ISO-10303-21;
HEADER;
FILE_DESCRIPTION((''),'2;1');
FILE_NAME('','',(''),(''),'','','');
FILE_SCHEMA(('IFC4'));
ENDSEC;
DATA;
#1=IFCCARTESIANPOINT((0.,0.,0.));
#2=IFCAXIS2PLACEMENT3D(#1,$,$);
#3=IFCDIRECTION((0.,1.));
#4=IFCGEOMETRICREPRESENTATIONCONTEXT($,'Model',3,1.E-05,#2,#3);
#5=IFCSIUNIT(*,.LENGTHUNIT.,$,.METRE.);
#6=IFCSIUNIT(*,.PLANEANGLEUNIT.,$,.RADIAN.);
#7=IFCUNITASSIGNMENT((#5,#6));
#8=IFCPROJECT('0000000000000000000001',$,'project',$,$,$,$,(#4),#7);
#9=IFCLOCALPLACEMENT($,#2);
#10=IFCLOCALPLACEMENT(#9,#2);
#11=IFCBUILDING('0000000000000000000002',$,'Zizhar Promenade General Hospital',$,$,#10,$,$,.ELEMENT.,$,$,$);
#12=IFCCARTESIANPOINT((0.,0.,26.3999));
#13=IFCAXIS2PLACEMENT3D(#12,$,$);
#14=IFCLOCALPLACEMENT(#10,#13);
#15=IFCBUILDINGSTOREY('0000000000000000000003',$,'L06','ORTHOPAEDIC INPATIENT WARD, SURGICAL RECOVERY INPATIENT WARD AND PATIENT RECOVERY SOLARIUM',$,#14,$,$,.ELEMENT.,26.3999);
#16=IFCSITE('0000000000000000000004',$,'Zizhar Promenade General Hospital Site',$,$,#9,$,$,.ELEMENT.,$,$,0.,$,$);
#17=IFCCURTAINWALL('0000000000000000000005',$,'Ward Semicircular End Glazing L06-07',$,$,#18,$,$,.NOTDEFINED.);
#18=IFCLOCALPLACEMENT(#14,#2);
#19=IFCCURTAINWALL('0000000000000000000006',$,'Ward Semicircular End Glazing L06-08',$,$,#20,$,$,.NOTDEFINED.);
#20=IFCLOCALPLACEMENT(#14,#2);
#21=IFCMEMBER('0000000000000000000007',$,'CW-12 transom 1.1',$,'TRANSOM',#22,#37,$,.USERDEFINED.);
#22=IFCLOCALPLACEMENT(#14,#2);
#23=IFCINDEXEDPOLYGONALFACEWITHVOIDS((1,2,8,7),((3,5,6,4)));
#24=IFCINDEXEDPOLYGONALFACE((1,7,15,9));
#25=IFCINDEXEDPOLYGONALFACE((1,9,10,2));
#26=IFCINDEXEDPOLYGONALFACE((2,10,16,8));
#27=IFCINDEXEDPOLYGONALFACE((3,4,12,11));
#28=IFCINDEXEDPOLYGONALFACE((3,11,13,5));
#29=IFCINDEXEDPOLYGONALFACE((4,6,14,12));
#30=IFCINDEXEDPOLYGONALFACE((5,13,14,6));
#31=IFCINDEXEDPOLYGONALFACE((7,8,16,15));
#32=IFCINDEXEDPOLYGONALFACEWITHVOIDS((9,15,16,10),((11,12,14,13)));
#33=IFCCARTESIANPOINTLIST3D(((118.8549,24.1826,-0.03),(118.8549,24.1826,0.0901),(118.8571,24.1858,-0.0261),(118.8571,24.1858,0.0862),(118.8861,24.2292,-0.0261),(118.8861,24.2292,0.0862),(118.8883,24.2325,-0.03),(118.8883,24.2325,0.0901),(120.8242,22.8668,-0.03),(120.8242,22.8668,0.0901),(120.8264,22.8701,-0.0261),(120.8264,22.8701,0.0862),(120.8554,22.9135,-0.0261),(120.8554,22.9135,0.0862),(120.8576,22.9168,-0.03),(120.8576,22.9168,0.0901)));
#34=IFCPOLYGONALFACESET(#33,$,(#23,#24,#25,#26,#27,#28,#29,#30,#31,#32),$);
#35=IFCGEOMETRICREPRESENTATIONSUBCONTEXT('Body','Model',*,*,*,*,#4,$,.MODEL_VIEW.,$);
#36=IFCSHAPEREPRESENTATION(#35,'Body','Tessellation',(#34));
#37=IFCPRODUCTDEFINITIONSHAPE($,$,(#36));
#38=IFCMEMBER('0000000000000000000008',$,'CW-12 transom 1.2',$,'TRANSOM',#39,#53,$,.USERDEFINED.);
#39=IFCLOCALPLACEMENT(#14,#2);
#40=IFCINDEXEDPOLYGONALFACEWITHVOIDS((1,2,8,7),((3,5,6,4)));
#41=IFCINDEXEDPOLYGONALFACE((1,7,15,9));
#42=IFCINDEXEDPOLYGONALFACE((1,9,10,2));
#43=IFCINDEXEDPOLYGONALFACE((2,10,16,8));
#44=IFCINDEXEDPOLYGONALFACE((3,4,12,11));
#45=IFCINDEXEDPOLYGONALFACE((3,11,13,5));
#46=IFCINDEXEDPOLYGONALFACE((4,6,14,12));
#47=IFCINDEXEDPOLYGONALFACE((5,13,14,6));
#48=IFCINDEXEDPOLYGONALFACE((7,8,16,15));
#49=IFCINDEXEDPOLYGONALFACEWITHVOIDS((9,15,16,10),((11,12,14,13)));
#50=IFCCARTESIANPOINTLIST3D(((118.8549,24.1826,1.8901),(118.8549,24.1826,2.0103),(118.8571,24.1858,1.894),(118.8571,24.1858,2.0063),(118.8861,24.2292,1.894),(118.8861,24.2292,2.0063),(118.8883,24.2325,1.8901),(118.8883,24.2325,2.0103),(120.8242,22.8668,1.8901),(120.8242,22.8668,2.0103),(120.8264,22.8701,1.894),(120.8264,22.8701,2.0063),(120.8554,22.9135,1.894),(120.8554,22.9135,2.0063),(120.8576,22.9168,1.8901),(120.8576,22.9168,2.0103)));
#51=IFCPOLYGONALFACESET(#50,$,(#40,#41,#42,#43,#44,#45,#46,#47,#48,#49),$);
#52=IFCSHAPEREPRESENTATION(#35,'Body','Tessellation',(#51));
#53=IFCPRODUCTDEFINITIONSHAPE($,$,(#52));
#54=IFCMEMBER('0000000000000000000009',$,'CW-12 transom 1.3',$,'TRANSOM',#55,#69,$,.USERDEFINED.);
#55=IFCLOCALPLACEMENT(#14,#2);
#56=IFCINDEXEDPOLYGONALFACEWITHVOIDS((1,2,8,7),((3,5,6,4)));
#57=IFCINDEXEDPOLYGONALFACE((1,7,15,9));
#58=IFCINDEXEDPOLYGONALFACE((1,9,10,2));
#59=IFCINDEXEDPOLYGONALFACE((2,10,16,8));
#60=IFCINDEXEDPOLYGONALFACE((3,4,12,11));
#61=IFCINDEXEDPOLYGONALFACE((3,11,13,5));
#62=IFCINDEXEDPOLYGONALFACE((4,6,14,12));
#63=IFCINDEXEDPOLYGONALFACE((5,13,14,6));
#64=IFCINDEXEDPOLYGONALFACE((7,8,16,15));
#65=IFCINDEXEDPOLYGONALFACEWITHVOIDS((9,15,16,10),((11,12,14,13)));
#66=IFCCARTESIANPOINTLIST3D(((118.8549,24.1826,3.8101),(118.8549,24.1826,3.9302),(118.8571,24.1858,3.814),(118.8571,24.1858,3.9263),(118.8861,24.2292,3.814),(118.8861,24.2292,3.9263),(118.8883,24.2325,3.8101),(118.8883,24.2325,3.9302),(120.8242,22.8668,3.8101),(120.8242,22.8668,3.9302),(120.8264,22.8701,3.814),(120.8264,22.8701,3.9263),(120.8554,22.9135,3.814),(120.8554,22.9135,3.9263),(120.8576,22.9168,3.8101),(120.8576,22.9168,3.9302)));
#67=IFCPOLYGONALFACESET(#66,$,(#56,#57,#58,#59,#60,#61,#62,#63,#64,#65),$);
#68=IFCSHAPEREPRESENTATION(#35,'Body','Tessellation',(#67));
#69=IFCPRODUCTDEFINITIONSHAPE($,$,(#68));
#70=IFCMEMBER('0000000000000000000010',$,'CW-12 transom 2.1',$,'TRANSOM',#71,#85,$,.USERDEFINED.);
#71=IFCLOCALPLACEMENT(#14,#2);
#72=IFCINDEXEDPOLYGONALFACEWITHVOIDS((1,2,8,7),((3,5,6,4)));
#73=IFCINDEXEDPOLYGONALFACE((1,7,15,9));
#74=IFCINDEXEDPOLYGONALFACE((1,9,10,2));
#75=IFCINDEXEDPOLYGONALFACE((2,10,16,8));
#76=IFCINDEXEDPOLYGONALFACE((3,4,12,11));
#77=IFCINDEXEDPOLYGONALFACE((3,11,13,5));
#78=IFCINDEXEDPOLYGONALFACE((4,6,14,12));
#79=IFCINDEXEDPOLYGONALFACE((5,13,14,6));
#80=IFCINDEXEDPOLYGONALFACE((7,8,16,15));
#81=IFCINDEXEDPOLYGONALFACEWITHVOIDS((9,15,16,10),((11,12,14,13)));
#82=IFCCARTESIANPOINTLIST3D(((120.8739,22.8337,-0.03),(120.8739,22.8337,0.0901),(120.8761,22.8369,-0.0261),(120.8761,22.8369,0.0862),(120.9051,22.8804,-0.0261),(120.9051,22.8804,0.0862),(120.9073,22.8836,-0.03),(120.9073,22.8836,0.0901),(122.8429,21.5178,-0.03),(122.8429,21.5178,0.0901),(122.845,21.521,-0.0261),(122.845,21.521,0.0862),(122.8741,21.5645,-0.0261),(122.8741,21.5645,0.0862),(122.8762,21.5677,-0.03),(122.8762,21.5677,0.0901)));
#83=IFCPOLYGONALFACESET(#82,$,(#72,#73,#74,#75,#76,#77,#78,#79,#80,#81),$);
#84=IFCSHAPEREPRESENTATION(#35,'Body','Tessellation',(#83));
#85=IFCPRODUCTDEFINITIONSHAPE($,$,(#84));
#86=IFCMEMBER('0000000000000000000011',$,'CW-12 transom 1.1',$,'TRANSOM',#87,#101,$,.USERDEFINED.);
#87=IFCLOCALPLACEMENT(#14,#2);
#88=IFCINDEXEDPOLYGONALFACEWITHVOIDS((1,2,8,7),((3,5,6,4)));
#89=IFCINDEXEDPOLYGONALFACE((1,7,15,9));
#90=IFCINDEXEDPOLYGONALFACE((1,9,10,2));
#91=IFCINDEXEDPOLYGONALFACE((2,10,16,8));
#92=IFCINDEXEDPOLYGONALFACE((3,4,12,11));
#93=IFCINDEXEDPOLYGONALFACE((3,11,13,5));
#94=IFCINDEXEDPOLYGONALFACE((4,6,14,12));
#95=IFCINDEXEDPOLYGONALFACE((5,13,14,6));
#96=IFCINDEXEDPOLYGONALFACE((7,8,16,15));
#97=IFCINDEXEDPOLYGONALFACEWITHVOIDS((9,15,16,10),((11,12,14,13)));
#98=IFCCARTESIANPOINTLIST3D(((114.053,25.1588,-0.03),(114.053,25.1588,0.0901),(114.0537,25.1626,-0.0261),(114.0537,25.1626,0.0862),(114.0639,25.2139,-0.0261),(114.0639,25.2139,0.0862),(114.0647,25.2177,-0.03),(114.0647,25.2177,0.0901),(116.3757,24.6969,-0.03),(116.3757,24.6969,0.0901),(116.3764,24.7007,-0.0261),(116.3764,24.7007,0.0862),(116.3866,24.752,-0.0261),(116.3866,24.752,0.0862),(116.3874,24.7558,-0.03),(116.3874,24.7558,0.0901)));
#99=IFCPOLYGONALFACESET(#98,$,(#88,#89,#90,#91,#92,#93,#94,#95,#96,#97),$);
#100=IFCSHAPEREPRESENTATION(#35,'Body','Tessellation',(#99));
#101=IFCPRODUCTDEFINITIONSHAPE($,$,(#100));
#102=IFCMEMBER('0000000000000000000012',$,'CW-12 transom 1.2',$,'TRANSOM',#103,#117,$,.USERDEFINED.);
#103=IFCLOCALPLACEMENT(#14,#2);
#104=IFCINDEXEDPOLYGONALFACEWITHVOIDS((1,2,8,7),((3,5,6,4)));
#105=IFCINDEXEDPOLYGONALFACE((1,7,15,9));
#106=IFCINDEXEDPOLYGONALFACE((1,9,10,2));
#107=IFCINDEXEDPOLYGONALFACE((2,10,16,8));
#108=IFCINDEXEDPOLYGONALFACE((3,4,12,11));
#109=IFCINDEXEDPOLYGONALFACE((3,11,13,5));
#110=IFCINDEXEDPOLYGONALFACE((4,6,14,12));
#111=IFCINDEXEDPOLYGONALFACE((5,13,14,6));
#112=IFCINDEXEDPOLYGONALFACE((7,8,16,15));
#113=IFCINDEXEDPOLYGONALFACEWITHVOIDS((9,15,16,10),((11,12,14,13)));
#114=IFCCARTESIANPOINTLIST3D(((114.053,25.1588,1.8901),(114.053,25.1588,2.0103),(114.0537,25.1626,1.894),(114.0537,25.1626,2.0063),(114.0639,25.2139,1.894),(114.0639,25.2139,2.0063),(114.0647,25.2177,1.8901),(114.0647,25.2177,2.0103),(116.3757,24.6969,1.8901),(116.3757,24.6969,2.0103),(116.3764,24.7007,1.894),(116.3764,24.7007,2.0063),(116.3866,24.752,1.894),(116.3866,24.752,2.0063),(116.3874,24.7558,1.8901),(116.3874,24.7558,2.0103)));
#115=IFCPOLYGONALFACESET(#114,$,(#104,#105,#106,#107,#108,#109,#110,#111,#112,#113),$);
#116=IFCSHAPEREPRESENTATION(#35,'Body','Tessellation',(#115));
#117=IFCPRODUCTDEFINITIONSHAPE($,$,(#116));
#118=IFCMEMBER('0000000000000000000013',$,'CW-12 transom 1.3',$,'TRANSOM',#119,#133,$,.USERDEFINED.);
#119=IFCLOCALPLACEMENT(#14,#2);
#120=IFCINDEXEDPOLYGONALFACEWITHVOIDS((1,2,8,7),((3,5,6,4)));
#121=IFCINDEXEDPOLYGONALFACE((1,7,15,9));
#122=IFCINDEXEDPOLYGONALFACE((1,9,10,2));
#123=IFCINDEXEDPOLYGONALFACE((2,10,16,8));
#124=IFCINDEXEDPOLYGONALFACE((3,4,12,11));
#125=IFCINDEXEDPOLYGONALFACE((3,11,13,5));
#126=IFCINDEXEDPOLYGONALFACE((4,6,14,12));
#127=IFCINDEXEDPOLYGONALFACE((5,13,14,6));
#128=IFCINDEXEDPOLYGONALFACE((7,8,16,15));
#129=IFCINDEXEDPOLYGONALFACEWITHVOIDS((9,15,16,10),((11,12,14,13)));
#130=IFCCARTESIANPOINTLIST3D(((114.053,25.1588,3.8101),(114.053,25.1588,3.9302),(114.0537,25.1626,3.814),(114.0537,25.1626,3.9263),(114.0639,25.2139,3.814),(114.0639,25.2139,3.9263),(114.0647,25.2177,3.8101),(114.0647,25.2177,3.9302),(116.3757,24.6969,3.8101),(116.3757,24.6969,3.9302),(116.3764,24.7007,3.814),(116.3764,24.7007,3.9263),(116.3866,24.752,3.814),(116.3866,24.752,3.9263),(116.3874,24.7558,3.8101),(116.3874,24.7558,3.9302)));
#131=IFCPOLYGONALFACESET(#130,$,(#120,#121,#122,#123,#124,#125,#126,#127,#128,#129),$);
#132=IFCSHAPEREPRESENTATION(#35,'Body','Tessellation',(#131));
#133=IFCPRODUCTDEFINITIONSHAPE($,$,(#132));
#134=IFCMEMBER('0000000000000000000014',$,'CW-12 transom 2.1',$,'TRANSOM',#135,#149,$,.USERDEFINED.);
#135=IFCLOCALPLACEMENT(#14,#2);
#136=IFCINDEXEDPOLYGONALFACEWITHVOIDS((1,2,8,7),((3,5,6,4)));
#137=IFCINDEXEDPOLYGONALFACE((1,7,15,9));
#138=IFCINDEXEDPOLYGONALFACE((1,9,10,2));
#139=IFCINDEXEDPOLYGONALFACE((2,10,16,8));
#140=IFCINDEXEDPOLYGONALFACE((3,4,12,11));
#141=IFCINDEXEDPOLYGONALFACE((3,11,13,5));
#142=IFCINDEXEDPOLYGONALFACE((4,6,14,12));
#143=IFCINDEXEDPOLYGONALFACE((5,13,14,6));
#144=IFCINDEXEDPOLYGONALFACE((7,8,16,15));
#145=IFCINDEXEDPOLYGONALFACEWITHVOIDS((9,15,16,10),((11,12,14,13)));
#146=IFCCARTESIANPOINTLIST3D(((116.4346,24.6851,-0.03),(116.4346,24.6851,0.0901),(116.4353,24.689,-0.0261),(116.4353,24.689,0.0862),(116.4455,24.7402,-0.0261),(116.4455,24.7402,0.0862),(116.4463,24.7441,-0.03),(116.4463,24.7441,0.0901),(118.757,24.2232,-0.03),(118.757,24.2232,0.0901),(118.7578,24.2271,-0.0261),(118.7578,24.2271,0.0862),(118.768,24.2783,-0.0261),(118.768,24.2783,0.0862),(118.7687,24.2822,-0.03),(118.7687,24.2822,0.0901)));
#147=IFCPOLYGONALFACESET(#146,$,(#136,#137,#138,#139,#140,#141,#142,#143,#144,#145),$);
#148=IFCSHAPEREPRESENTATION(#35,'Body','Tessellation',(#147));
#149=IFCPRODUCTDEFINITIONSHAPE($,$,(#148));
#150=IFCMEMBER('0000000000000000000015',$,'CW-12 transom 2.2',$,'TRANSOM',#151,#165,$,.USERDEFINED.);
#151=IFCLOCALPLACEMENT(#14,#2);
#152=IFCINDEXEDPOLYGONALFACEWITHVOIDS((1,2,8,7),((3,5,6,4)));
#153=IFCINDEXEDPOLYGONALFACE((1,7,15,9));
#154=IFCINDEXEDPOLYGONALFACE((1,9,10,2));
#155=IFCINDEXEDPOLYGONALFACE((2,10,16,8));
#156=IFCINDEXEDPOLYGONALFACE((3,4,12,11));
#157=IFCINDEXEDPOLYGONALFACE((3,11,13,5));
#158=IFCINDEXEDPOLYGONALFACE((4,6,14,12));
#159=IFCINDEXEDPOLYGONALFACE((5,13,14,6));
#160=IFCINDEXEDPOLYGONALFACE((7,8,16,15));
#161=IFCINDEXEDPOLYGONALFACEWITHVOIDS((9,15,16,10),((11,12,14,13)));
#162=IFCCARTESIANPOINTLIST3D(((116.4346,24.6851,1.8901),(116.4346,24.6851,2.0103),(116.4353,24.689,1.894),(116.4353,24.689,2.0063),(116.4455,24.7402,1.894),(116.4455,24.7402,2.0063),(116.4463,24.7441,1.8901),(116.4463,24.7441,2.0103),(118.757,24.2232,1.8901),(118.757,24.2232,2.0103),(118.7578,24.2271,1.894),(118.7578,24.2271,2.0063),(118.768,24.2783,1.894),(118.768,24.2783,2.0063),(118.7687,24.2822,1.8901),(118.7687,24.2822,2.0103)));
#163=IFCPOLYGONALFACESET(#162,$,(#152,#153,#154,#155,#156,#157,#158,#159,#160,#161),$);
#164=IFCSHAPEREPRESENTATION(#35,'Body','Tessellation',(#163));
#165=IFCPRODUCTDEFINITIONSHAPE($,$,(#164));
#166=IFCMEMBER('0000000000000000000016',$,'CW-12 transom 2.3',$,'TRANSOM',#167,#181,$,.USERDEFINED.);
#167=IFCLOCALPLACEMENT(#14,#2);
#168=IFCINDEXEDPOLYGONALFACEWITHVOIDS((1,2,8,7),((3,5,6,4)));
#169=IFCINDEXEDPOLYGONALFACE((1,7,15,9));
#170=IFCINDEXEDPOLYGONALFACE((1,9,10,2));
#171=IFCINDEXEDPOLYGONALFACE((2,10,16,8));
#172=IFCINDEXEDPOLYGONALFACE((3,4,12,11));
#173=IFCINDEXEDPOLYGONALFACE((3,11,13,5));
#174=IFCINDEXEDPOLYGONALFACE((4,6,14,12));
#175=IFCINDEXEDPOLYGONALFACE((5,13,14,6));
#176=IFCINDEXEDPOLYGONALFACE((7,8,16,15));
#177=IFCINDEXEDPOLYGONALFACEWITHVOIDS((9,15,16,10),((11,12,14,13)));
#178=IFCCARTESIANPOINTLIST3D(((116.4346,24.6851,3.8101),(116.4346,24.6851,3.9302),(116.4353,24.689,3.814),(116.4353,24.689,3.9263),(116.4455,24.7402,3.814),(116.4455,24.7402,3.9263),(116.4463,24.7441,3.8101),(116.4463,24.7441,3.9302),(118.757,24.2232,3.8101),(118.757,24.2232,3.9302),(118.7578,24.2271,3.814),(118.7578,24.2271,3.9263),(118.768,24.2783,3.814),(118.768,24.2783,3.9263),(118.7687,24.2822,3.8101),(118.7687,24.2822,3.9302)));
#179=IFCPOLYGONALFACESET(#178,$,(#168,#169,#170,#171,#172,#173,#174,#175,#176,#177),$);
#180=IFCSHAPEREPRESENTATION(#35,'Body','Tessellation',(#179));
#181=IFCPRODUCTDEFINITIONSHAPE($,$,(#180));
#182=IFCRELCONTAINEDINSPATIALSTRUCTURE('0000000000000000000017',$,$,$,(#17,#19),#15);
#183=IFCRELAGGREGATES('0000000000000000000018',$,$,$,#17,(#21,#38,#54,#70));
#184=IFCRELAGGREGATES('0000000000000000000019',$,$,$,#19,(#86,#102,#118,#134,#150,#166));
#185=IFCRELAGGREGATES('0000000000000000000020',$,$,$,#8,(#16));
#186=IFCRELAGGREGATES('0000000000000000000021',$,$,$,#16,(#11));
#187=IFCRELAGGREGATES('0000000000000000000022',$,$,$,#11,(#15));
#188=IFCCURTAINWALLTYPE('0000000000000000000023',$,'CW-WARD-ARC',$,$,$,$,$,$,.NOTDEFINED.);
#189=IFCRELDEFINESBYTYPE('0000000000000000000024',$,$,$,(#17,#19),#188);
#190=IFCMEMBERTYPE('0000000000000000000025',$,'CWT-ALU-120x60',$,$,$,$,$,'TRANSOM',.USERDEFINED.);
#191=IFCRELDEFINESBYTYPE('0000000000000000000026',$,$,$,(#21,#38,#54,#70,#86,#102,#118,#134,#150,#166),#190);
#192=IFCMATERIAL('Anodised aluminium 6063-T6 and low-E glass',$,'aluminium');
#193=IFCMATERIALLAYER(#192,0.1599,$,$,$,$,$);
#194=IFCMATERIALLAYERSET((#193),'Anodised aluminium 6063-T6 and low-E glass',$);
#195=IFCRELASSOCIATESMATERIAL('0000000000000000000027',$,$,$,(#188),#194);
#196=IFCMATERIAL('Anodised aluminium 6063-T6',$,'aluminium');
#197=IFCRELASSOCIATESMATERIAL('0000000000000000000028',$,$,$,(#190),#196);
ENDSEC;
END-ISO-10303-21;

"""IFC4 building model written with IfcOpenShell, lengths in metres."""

from ifc_helpers import new_model, si_unit, direction, frame, origin, origin_2d, place, context, subcontext, project, spatial, hollow_rectangle, extrude, material, layer, layer_set, material_profile, profile_set, type_object, element, aggregate, save


model = new_model("IFC4")

# Units and contexts
model_context = context("Model", 3, precision=1e-05, world=origin(), true_north=direction((0.0, 1.0)))
body_context = subcontext(model_context, "Body", "Model", "MODEL_VIEW")
ifc_project = project(units=[si_unit("LENGTHUNIT", "METRE"), si_unit("PLANEANGLEUNIT", "RADIAN")], contexts=[model_context])

# Site, building, storey
site_placement = place(None, origin())
site = spatial("IfcSite", under=ifc_project, at=site_placement, Name="Zizhar Promenade General Hospital Site", CompositionType="ELEMENT", RefElevation=0.0)
building_placement = place(site_placement, origin())
building = spatial("IfcBuilding", under=site, at=building_placement, Name="Zizhar Promenade General Hospital", CompositionType="ELEMENT")
storey_placement = place(building_placement, frame((0.0, 0.0, 26.3999)))
storey = spatial("IfcBuildingStorey", under=building, at=storey_placement, Name="L06", Description="ORTHOPAEDIC INPATIENT WARD, SURGICAL RECOVERY INPATIENT WARD AND PATIENT RECOVERY SOLARIUM", CompositionType="ELEMENT", Elevation=26.3999)

# Curtain walls
ifc_material_1 = material(Name="Anodised aluminium 6063-T6 and low-E glass", Category="aluminium")
ifc_layer_1 = layer(ifc_material_1, 0.1599)
ifc_layer_set_1 = layer_set([ifc_layer_1], Name="Anodised aluminium 6063-T6 and low-E glass")
curtain_wall_type_1 = type_object("IfcCurtainWallType", Name="CW-WARD-ARC", PredefinedType="NOTDEFINED", material=ifc_layer_set_1)
curtain_wall_1_placement = place(storey_placement, origin())
curtain_wall_1 = element("IfcCurtainWall", 1, at=curtain_wall_1_placement, inside=storey, type_object=curtain_wall_type_1, Name="Ward Semicircular End Glazing L06-07", PredefinedType="NOTDEFINED")
curtain_wall_2_placement = place(storey_placement, origin())
curtain_wall_2 = element("IfcCurtainWall", 2, at=curtain_wall_2_placement, inside=storey, type_object=curtain_wall_type_1, Name="Ward Semicircular End Glazing L06-08", PredefinedType="NOTDEFINED")

# Members
ifc_material_2 = material(Name="Anodised aluminium 6063-T6", Category="aluminium")
ifc_material_profile_1 = material_profile(ifc_material_2, hollow_rectangle(XDim=0.0601, YDim=0.1201, WallThickness=0.0039, at=origin_2d()))
ifc_profile_set_1 = profile_set([ifc_material_profile_1], Name="Anodised aluminium 6063-T6")
member_type_1 = type_object("IfcMemberType", Name="CWT-ALU-120x60", ElementType="TRANSOM", PredefinedType="USERDEFINED", material=ifc_profile_set_1)
member_1_placement = place(storey_placement, frame((118.8716, 24.2075, 0.03), z_axis=(0.831495, -0.555533, 0.0), x_axis=(0.555533, 0.831495, 0.0)))
member_1 = element("IfcMember", 3, at=member_1_placement, type_object=member_type_1, Name="CW-12 transom 1.1", ObjectType="TRANSOM", PredefinedType="USERDEFINED", context=body_context, shape_type="SweptSolid", body=[
    extrude(hollow_rectangle(XDim=0.0601, YDim=0.1201, WallThickness=0.0039, at=origin_2d()), origin(), (0.0, 0.0, 1.0), 2.3684),
])
member_2_placement = place(storey_placement, frame((118.8716, 24.2075, 1.9502), z_axis=(0.831495, -0.555533, 0.0), x_axis=(0.555533, 0.831495, 0.0)))
member_2 = element("IfcMember", 4, at=member_2_placement, type_object=member_type_1, Name="CW-12 transom 1.2", ObjectType="TRANSOM", PredefinedType="USERDEFINED", context=body_context, shape_type="SweptSolid", body=[
    extrude(hollow_rectangle(XDim=0.0601, YDim=0.1201, WallThickness=0.0039, at=origin_2d()), origin(), (0.0, 0.0, 1.0), 2.3684),
])
member_3_placement = place(storey_placement, frame((118.8716, 24.2075, 3.8701), z_axis=(0.831495, -0.555533, 0.0), x_axis=(0.555533, 0.831495, 0.0)))
member_3 = element("IfcMember", 5, at=member_3_placement, type_object=member_type_1, Name="CW-12 transom 1.3", ObjectType="TRANSOM", PredefinedType="USERDEFINED", context=body_context, shape_type="SweptSolid", body=[
    extrude(hollow_rectangle(XDim=0.0601, YDim=0.1201, WallThickness=0.0039, at=origin_2d()), origin(), (0.0, 0.0, 1.0), 2.3684),
])
member_4_placement = place(storey_placement, frame((120.8906, 22.8586, 0.03), z_axis=(0.831415, -0.555651, 0.0), x_axis=(0.555651, 0.831415, 0.0)))
member_4 = element("IfcMember", 6, at=member_4_placement, type_object=member_type_1, Name="CW-12 transom 2.1", ObjectType="TRANSOM", PredefinedType="USERDEFINED", context=body_context, shape_type="SweptSolid", body=[
    extrude(hollow_rectangle(XDim=0.0601, YDim=0.1201, WallThickness=0.0039, at=origin_2d()), origin(), (0.0, 0.0, 1.0), 2.3682),
])
member_5_placement = place(storey_placement, frame((114.0588, 25.1882, 0.03), z_axis=(0.980794, -0.195045, 0.0), x_axis=(0.195045, 0.980794, 0.0)))
member_5 = element("IfcMember", 7, at=member_5_placement, type_object=member_type_1, Name="CW-12 transom 1.1", ObjectType="TRANSOM", PredefinedType="USERDEFINED", context=body_context, shape_type="SweptSolid", body=[
    extrude(hollow_rectangle(XDim=0.0601, YDim=0.1201, WallThickness=0.0039, at=origin_2d()), origin(), (0.0, 0.0, 1.0), 2.3682),
])
member_6_placement = place(storey_placement, frame((114.0588, 25.1882, 1.9502), z_axis=(0.980794, -0.195045, 0.0), x_axis=(0.195045, 0.980794, 0.0)))
member_6 = element("IfcMember", 8, at=member_6_placement, type_object=member_type_1, Name="CW-12 transom 1.2", ObjectType="TRANSOM", PredefinedType="USERDEFINED", context=body_context, shape_type="SweptSolid", body=[
    extrude(hollow_rectangle(XDim=0.0601, YDim=0.1201, WallThickness=0.0039, at=origin_2d()), origin(), (0.0, 0.0, 1.0), 2.3682),
])
member_7_placement = place(storey_placement, frame((114.0588, 25.1882, 3.8701), z_axis=(0.980794, -0.195045, 0.0), x_axis=(0.195045, 0.980794, 0.0)))
member_7 = element("IfcMember", 9, at=member_7_placement, type_object=member_type_1, Name="CW-12 transom 1.3", ObjectType="TRANSOM", PredefinedType="USERDEFINED", context=body_context, shape_type="SweptSolid", body=[
    extrude(hollow_rectangle(XDim=0.0601, YDim=0.1201, WallThickness=0.0039, at=origin_2d()), origin(), (0.0, 0.0, 1.0), 2.3682),
])
member_8_placement = place(storey_placement, frame((116.4404, 24.7146, 0.03), z_axis=(0.98079, -0.195065, 0.0), x_axis=(0.195065, 0.98079, 0.0)))
member_8 = element("IfcMember", 10, at=member_8_placement, type_object=member_type_1, Name="CW-12 transom 2.1", ObjectType="TRANSOM", PredefinedType="USERDEFINED", context=body_context, shape_type="SweptSolid", body=[
    extrude(hollow_rectangle(XDim=0.0601, YDim=0.1201, WallThickness=0.0039, at=origin_2d()), origin(), (0.0, 0.0, 1.0), 2.3679),
])
member_9_placement = place(storey_placement, frame((116.4404, 24.7146, 1.9502), z_axis=(0.98079, -0.195065, 0.0), x_axis=(0.195065, 0.98079, 0.0)))
member_9 = element("IfcMember", 11, at=member_9_placement, type_object=member_type_1, Name="CW-12 transom 2.2", ObjectType="TRANSOM", PredefinedType="USERDEFINED", context=body_context, shape_type="SweptSolid", body=[
    extrude(hollow_rectangle(XDim=0.0601, YDim=0.1201, WallThickness=0.0039, at=origin_2d()), origin(), (0.0, 0.0, 1.0), 2.3679),
])
member_10_placement = place(storey_placement, frame((116.4404, 24.7146, 3.8701), z_axis=(0.98079, -0.195065, 0.0), x_axis=(0.195065, 0.98079, 0.0)))
member_10 = element("IfcMember", 12, at=member_10_placement, type_object=member_type_1, Name="CW-12 transom 2.3", ObjectType="TRANSOM", PredefinedType="USERDEFINED", context=body_context, shape_type="SweptSolid", body=[
    extrude(hollow_rectangle(XDim=0.0601, YDim=0.1201, WallThickness=0.0039, at=origin_2d()), origin(), (0.0, 0.0, 1.0), 2.3679),
])

aggregate(curtain_wall_1, [member_1, member_2, member_3, member_4])
aggregate(curtain_wall_2, [member_5, member_6, member_7, member_8, member_9, member_10])

save(model, "model.ifc")
